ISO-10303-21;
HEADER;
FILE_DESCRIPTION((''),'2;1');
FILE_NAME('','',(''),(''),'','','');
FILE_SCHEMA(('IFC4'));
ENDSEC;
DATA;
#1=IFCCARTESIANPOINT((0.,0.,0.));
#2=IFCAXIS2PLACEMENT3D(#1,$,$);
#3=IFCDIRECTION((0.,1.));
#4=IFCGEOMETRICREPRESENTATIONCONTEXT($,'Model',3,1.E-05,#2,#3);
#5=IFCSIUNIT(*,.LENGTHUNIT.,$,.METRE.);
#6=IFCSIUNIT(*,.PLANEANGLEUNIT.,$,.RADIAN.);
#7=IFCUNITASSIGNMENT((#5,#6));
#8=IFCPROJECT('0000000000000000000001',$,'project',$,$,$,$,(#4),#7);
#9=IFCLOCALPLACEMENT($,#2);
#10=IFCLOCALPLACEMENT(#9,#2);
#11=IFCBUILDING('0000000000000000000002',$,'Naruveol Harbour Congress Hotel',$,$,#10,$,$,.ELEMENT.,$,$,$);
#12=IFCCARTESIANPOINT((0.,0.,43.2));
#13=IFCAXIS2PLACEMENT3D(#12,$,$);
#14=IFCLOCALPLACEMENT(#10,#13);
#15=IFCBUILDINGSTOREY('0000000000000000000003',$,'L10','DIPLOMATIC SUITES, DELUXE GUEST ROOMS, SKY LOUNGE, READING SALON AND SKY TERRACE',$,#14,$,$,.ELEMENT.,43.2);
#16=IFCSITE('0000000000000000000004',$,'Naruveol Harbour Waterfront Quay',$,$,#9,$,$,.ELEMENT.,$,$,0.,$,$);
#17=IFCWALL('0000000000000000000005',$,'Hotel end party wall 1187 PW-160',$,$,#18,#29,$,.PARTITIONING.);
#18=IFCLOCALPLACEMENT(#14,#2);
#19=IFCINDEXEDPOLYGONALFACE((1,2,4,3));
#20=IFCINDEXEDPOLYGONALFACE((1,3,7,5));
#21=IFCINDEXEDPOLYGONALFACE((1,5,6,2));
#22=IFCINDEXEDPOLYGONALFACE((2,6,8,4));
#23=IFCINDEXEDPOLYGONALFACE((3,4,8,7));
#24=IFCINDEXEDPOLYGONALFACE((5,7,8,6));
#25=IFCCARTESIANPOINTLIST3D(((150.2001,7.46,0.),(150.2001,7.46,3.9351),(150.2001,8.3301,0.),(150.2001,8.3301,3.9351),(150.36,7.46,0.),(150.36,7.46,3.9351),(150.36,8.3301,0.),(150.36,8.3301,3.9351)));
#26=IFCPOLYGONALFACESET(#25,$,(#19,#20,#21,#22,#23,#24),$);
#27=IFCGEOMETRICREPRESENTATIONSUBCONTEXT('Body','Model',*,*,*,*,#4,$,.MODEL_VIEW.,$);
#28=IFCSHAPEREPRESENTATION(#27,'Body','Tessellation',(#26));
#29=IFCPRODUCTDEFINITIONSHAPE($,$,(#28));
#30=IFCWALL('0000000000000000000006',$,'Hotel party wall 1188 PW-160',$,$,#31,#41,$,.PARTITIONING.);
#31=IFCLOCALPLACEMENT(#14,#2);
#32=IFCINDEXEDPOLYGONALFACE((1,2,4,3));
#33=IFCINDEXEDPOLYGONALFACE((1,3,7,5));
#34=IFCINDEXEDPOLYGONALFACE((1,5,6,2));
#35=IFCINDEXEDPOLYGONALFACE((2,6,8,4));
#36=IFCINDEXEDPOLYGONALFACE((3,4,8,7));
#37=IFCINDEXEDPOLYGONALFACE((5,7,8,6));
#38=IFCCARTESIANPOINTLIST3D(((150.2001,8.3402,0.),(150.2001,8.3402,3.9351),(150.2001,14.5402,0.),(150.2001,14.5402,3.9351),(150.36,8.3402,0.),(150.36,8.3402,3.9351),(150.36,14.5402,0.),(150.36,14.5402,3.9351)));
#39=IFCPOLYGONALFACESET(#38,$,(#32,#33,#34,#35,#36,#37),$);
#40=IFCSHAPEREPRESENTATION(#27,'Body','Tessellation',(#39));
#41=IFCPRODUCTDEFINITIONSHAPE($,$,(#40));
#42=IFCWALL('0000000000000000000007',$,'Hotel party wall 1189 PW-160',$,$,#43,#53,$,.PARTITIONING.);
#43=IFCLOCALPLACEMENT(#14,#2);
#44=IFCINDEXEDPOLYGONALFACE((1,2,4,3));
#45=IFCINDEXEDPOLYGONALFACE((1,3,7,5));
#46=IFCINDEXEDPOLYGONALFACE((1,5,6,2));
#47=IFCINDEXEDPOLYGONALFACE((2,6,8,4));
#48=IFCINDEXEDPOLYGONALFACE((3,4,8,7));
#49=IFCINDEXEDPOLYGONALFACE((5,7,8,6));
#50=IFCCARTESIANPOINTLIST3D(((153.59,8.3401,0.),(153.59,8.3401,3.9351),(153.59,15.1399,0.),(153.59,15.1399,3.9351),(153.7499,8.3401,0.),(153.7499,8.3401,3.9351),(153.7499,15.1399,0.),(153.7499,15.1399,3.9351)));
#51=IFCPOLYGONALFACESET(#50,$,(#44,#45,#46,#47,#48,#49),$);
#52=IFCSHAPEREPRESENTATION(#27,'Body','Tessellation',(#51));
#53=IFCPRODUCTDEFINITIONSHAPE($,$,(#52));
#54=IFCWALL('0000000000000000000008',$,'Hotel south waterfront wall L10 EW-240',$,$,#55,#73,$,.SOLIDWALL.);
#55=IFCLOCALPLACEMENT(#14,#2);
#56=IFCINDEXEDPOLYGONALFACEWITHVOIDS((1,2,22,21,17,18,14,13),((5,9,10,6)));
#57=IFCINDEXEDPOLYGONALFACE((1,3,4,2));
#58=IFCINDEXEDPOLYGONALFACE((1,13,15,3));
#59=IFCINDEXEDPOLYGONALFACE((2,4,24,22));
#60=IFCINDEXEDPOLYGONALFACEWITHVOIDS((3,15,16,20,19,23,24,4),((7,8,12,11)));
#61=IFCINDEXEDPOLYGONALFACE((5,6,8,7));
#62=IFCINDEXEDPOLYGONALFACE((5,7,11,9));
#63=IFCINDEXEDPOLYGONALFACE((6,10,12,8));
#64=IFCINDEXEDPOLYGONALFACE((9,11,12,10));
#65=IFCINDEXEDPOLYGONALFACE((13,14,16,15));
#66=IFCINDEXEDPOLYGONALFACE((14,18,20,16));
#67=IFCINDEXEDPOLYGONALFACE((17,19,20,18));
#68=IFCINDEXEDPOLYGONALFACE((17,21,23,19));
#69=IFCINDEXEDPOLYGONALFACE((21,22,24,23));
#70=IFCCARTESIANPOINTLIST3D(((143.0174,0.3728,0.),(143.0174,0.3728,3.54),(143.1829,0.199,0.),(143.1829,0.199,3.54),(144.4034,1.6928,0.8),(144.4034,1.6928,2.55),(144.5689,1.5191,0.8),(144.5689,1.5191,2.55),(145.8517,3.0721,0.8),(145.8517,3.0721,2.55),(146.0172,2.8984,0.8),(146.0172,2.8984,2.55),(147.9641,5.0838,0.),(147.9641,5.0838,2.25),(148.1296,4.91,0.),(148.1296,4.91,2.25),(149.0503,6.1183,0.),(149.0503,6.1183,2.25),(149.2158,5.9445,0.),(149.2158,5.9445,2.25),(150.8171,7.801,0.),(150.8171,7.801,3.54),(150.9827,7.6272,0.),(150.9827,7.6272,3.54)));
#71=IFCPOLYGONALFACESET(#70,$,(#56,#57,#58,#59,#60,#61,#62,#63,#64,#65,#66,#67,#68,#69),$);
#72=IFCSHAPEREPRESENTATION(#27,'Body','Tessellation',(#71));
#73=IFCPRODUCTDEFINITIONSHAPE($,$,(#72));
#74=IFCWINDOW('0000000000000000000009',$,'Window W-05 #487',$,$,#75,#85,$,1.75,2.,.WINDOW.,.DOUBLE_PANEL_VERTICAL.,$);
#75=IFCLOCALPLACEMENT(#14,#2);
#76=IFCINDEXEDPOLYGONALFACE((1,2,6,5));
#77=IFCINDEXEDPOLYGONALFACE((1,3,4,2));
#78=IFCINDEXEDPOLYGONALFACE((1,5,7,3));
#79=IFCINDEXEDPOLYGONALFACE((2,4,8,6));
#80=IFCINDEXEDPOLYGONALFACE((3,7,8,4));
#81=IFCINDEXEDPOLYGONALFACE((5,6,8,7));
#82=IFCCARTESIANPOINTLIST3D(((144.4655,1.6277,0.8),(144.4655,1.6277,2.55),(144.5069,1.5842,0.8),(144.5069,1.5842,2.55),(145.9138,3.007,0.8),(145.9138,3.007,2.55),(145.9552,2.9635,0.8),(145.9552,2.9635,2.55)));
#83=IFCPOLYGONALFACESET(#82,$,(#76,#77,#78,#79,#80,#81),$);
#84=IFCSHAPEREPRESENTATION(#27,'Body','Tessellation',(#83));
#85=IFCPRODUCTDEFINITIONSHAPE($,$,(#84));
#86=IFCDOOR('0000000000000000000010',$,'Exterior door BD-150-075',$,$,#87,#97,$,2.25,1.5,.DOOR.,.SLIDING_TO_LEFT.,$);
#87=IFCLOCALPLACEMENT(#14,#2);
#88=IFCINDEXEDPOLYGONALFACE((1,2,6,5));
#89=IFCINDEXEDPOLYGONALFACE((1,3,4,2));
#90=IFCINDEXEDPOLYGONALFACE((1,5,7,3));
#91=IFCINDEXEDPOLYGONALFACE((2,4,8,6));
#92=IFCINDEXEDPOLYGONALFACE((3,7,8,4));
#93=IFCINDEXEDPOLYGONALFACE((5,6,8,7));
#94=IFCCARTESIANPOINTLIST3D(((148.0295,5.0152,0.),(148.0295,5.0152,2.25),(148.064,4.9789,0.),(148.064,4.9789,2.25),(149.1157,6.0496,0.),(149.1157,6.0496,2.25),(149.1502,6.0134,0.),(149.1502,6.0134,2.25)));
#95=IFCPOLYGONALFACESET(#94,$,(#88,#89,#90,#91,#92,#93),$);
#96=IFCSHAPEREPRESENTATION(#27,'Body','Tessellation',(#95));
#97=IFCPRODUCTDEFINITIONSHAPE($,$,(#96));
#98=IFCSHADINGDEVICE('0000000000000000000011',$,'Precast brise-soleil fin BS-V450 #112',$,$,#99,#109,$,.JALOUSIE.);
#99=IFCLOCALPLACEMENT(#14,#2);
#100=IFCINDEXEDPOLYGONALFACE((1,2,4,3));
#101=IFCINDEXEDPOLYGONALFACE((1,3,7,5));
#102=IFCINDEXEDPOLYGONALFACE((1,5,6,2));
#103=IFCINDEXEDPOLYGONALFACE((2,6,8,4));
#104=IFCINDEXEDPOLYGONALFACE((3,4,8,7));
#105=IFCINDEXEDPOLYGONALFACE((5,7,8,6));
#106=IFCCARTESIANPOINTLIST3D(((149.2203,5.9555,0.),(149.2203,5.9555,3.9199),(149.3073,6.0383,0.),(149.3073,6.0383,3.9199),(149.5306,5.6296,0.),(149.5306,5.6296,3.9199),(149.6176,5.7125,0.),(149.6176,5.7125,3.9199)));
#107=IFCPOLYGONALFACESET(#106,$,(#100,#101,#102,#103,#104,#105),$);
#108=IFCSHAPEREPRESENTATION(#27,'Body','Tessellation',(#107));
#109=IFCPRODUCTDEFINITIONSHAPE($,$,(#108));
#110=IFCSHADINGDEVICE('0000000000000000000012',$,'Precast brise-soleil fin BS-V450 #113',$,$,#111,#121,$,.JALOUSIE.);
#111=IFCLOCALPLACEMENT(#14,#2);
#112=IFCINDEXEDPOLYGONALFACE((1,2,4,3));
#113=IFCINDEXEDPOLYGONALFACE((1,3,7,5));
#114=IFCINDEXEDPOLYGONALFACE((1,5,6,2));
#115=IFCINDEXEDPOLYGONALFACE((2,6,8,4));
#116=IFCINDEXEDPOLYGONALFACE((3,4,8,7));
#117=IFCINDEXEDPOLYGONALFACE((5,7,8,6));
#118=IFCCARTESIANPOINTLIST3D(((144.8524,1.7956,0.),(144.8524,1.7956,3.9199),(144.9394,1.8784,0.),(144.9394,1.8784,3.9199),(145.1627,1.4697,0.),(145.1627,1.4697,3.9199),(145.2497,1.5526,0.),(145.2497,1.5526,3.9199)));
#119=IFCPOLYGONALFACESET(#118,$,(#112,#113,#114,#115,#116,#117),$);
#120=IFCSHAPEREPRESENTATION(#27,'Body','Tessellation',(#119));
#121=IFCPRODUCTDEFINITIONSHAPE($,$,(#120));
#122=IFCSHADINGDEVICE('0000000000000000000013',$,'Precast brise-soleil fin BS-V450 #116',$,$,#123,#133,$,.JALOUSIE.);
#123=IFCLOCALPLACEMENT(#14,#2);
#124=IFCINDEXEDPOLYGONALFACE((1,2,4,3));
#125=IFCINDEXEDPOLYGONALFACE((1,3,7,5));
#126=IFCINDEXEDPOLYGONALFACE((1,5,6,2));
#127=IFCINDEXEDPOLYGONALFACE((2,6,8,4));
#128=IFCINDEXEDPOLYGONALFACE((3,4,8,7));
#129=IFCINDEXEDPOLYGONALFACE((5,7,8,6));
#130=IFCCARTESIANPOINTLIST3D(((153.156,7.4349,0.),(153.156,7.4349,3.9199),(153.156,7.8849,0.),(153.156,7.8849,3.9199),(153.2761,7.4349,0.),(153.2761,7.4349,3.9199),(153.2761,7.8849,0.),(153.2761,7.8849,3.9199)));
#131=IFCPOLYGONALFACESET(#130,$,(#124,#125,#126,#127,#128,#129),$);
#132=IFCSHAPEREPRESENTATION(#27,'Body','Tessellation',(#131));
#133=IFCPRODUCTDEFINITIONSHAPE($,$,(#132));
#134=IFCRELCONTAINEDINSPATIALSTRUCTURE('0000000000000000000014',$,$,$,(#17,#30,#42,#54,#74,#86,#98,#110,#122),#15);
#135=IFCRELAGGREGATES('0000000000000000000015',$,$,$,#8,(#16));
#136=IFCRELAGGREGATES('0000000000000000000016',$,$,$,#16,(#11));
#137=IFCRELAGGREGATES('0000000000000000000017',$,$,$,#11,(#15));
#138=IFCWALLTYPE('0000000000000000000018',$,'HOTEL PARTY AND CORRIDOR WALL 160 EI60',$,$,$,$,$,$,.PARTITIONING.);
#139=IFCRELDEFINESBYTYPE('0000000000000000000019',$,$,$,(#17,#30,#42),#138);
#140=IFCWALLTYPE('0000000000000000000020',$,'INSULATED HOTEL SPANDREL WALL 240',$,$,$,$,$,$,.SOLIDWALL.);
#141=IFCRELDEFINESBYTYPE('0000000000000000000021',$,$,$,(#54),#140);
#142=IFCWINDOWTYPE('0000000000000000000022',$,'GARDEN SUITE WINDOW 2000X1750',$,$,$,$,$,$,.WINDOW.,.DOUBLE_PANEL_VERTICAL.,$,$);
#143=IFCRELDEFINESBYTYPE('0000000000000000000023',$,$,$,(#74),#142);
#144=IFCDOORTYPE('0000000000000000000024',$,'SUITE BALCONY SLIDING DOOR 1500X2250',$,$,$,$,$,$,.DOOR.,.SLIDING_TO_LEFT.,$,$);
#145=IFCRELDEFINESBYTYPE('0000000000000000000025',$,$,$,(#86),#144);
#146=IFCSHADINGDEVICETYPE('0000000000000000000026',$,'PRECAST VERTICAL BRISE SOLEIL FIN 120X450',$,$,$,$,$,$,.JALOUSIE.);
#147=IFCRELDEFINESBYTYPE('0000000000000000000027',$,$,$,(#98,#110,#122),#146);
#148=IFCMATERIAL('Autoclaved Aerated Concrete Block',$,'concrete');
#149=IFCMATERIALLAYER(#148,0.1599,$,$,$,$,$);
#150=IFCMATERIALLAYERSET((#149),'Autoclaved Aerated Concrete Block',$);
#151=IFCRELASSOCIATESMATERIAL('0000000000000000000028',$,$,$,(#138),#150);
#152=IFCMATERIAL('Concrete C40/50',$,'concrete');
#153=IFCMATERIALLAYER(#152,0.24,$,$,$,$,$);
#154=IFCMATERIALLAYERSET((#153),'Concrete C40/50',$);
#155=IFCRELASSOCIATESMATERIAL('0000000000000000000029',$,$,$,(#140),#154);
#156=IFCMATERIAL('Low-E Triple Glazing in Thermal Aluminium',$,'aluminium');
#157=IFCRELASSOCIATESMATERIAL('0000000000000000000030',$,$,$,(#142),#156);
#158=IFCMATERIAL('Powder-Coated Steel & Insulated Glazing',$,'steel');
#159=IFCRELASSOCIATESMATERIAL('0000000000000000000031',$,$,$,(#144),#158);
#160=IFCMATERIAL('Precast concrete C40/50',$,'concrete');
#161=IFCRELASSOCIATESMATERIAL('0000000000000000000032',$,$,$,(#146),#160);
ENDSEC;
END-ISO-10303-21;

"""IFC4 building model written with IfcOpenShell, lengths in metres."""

from ifc_helpers import new_model, si_unit, direction, frame, frame_2d, origin, origin_2d, place, context, subcontext, project, spatial, rectangle, extrude, material, layer, layer_set, type_object, element, fill, save


model = new_model("IFC4")

# Units and contexts
model_context = context("Model", 3, precision=1e-05, world=origin(), true_north=direction((0.0, 1.0)))
body_context = subcontext(model_context, "Body", "Model", "MODEL_VIEW")
ifc_project = project(units=[si_unit("LENGTHUNIT", "METRE"), si_unit("PLANEANGLEUNIT", "RADIAN")], contexts=[model_context])

# Site, building, storey
site_placement = place(None, origin())
site = spatial("IfcSite", under=ifc_project, at=site_placement, Name="Naruveol Harbour Waterfront Quay", CompositionType="ELEMENT", RefElevation=0.0)
building_placement = place(site_placement, origin())
building = spatial("IfcBuilding", under=site, at=building_placement, Name="Naruveol Harbour Congress Hotel", CompositionType="ELEMENT")
storey_placement = place(building_placement, frame((0.0, 0.0, 43.2)))
storey = spatial("IfcBuildingStorey", under=building, at=storey_placement, Name="L10", Description="DIPLOMATIC SUITES, DELUXE GUEST ROOMS, SKY LOUNGE, READING SALON AND SKY TERRACE", CompositionType="ELEMENT", Elevation=43.2)

# Shared definitions
ifc_material_1 = material(Name="Autoclaved Aerated Concrete Block", Category="concrete")
ifc_layer_1 = layer(ifc_material_1, 0.1599)
ifc_layer_set_1 = layer_set([ifc_layer_1], Name="Autoclaved Aerated Concrete Block")
wall_type_1 = type_object("IfcWallType", Name="HOTEL PARTY AND CORRIDOR WALL 160 EI60", PredefinedType="PARTITIONING", material=ifc_layer_set_1)

# Walls
wall_1_placement = place(storey_placement, frame((150.28, 7.46, 0.0), z_axis=(0.0, 0.0, 1.0), x_axis=(0.0, 1.0, 0.0)))
element("IfcWall", 1, at=wall_1_placement, inside=storey, type_object=wall_type_1, Name="Hotel end party wall 1187 PW-160", PredefinedType="PARTITIONING", context=body_context, shape_type="SweptSolid", body=[
    extrude(rectangle(XDim=0.8701, YDim=0.1599, at=frame_2d((0.4351, 0.0))), origin(), (0.0, 0.0, 1.0), 3.9351),
])
wall_2_placement = place(storey_placement, frame((150.28, 8.3401, 0.0), z_axis=(0.0, 0.0, 1.0), x_axis=(0.0, 1.0, 0.0)))
element("IfcWall", 2, at=wall_2_placement, inside=storey, type_object=wall_type_1, Name="Hotel party wall 1188 PW-160", PredefinedType="PARTITIONING", context=body_context, shape_type="SweptSolid", body=[
    extrude(rectangle(XDim=6.2, YDim=0.1599, at=frame_2d((3.1001, 0.0))), origin(), (0.0, 0.0, 1.0), 3.9351),
])
wall_3_placement = place(storey_placement, frame((153.6699, 8.3401, 0.0), z_axis=(0.0, 0.0, 1.0), x_axis=(0.0, 1.0, 0.0)))
element("IfcWall", 3, at=wall_3_placement, inside=storey, type_object=wall_type_1, Name="Hotel party wall 1189 PW-160", PredefinedType="PARTITIONING", context=body_context, shape_type="SweptSolid", body=[
    extrude(rectangle(XDim=6.7998, YDim=0.1599, at=frame_2d((3.3999, 0.0))), origin(), (0.0, 0.0, 1.0), 3.9351),
])

# Wall, openings, window, door
ifc_material_2 = material(Name="Concrete C40/50", Category="concrete")
ifc_layer_2 = layer(ifc_material_2, 0.24)
ifc_layer_set_2 = layer_set([ifc_layer_2], Name="Concrete C40/50")
wall_type_2 = type_object("IfcWallType", Name="INSULATED HOTEL SPANDREL WALL 240", PredefinedType="SOLIDWALL", material=ifc_layer_set_2)
wall_4_placement = place(storey_placement, frame((150.8999, 7.7141, 0.0), z_axis=(0.0, 0.0, 1.0), x_axis=(-0.724145, -0.689647, 0.0)))
wall_4 = element("IfcWall", 4, at=wall_4_placement, inside=storey, type_object=wall_type_2, Name="Hotel south waterfront wall L10 EW-240", PredefinedType="SOLIDWALL", context=body_context, shape_type="SweptSolid", body=[
    extrude(rectangle(XDim=10.771, YDim=0.24, at=frame_2d((5.3855, 0.0))), origin(), (0.0, 0.0, 1.0), 3.54),
])
opening_1_placement = place(wall_4_placement, frame((2.4399, 0.0, 0.0)))
opening_1 = element("IfcOpeningElement", 5, at=opening_1_placement, cuts=wall_4, PredefinedType="OPENING", context=body_context, shape_type="SweptSolid", body=[
    extrude(rectangle(XDim=1.5, YDim=2.25, at=frame_2d((0.75, 1.125))), frame((0.0, 0.1299, 0.0), z_axis=(0.0, -1.0, 0.0), x_axis=(1.0, 0.0, 0.0)), (0.0, 0.0, 1.0), 0.26),
])
opening_2_placement = place(wall_4_placement, frame((6.8569, 0.0, 0.8)))
opening_2 = element("IfcOpeningElement", 6, at=opening_2_placement, cuts=wall_4, PredefinedType="OPENING", context=body_context, shape_type="SweptSolid", body=[
    extrude(rectangle(XDim=2.0, YDim=1.75, at=frame_2d((1.0, 0.875))), frame((0.0, 0.1299, 0.0), z_axis=(0.0, -1.0, 0.0), x_axis=(1.0, 0.0, 0.0)), (0.0, 0.0, 1.0), 0.26),
])
ifc_material_3 = material(Name="Low-E Triple Glazing in Thermal Aluminium", Category="aluminium")
window_type = type_object("IfcWindowType", Name="GARDEN SUITE WINDOW 2000X1750", PartitioningType="DOUBLE_PANEL_VERTICAL", PredefinedType="WINDOW", material=ifc_material_3)
window_placement = place(opening_2_placement, origin())
window = element("IfcWindow", 7, at=window_placement, inside=storey, type_object=window_type, Name="Window W-05 #487", OverallHeight=1.75, OverallWidth=2.0, PartitioningType="DOUBLE_PANEL_VERTICAL", PredefinedType="WINDOW", context=body_context, shape_type="SweptSolid", body=[
    extrude(rectangle(XDim=2.0, YDim=1.75, at=frame_2d((1.0, 0.875))), frame((0.0, 0.03, 0.0), z_axis=(0.0, -1.0, 0.0), x_axis=(1.0, 0.0, 0.0)), (0.0, 0.0, 1.0), 0.0601),
])
fill(opening_2, window)
ifc_material_4 = material(Name="Powder-Coated Steel & Insulated Glazing", Category="steel")
door_type_1 = type_object("IfcDoorType", Name="SUITE BALCONY SLIDING DOOR 1500X2250", OperationType="SLIDING_TO_LEFT", PredefinedType="DOOR", material=ifc_material_4)
door_1_placement = place(opening_1_placement, origin())
door_1 = element("IfcDoor", 8, at=door_1_placement, inside=storey, type_object=door_type_1, Name="Exterior door BD-150-075", OperationType="SLIDING_TO_LEFT", OverallHeight=2.25, OverallWidth=1.5, PredefinedType="DOOR", context=body_context, shape_type="SweptSolid", body=[
    extrude(rectangle(XDim=1.5, YDim=2.25, at=frame_2d((0.75, 1.125))), frame((0.0, 0.0249, 0.0), z_axis=(0.0, -1.0, 0.0), x_axis=(1.0, 0.0, 0.0)), (0.0, 0.0, 1.0), 0.05),
])
fill(opening_1, door_1)

# Shading devices
ifc_material_5 = material(Name="Precast concrete C40/50", Category="concrete")
shading_device_type = type_object("IfcShadingDeviceType", Name="PRECAST VERTICAL BRISE SOLEIL FIN 120X450", PredefinedType="JALOUSIE", material=ifc_material_5)
for number, where, z_axis, x_axis, name in (
    (9, (149.4189, 5.834, 0.0), (0.0, 0.0, 1.0), (-0.724172, -0.68962, 0.0), "Precast brise-soleil fin BS-V450 #112"),
    (10, (145.051, 1.6741, 0.0), (0.0, 0.0, 1.0), (-0.724172, -0.68962, 0.0), "Precast brise-soleil fin BS-V450 #113"),
    (11, (153.2161, 7.6599, 0.0), (0.0, 0.0, 1.0), (-1.0, 0.0, 0.0), "Precast brise-soleil fin BS-V450 #116"),
):
    element("IfcShadingDevice", number, at=place(storey_placement, frame(where, z_axis=z_axis, x_axis=x_axis)), inside=storey, type_object=shading_device_type, Name=name, PredefinedType="JALOUSIE", context=body_context, shape_type="SweptSolid", body=[
        extrude(rectangle(XDim=0.1201, YDim=0.45, at=origin_2d()), origin(), (0.0, 0.0, 1.0), 3.9199),
    ])

save(model, "model.ifc")
